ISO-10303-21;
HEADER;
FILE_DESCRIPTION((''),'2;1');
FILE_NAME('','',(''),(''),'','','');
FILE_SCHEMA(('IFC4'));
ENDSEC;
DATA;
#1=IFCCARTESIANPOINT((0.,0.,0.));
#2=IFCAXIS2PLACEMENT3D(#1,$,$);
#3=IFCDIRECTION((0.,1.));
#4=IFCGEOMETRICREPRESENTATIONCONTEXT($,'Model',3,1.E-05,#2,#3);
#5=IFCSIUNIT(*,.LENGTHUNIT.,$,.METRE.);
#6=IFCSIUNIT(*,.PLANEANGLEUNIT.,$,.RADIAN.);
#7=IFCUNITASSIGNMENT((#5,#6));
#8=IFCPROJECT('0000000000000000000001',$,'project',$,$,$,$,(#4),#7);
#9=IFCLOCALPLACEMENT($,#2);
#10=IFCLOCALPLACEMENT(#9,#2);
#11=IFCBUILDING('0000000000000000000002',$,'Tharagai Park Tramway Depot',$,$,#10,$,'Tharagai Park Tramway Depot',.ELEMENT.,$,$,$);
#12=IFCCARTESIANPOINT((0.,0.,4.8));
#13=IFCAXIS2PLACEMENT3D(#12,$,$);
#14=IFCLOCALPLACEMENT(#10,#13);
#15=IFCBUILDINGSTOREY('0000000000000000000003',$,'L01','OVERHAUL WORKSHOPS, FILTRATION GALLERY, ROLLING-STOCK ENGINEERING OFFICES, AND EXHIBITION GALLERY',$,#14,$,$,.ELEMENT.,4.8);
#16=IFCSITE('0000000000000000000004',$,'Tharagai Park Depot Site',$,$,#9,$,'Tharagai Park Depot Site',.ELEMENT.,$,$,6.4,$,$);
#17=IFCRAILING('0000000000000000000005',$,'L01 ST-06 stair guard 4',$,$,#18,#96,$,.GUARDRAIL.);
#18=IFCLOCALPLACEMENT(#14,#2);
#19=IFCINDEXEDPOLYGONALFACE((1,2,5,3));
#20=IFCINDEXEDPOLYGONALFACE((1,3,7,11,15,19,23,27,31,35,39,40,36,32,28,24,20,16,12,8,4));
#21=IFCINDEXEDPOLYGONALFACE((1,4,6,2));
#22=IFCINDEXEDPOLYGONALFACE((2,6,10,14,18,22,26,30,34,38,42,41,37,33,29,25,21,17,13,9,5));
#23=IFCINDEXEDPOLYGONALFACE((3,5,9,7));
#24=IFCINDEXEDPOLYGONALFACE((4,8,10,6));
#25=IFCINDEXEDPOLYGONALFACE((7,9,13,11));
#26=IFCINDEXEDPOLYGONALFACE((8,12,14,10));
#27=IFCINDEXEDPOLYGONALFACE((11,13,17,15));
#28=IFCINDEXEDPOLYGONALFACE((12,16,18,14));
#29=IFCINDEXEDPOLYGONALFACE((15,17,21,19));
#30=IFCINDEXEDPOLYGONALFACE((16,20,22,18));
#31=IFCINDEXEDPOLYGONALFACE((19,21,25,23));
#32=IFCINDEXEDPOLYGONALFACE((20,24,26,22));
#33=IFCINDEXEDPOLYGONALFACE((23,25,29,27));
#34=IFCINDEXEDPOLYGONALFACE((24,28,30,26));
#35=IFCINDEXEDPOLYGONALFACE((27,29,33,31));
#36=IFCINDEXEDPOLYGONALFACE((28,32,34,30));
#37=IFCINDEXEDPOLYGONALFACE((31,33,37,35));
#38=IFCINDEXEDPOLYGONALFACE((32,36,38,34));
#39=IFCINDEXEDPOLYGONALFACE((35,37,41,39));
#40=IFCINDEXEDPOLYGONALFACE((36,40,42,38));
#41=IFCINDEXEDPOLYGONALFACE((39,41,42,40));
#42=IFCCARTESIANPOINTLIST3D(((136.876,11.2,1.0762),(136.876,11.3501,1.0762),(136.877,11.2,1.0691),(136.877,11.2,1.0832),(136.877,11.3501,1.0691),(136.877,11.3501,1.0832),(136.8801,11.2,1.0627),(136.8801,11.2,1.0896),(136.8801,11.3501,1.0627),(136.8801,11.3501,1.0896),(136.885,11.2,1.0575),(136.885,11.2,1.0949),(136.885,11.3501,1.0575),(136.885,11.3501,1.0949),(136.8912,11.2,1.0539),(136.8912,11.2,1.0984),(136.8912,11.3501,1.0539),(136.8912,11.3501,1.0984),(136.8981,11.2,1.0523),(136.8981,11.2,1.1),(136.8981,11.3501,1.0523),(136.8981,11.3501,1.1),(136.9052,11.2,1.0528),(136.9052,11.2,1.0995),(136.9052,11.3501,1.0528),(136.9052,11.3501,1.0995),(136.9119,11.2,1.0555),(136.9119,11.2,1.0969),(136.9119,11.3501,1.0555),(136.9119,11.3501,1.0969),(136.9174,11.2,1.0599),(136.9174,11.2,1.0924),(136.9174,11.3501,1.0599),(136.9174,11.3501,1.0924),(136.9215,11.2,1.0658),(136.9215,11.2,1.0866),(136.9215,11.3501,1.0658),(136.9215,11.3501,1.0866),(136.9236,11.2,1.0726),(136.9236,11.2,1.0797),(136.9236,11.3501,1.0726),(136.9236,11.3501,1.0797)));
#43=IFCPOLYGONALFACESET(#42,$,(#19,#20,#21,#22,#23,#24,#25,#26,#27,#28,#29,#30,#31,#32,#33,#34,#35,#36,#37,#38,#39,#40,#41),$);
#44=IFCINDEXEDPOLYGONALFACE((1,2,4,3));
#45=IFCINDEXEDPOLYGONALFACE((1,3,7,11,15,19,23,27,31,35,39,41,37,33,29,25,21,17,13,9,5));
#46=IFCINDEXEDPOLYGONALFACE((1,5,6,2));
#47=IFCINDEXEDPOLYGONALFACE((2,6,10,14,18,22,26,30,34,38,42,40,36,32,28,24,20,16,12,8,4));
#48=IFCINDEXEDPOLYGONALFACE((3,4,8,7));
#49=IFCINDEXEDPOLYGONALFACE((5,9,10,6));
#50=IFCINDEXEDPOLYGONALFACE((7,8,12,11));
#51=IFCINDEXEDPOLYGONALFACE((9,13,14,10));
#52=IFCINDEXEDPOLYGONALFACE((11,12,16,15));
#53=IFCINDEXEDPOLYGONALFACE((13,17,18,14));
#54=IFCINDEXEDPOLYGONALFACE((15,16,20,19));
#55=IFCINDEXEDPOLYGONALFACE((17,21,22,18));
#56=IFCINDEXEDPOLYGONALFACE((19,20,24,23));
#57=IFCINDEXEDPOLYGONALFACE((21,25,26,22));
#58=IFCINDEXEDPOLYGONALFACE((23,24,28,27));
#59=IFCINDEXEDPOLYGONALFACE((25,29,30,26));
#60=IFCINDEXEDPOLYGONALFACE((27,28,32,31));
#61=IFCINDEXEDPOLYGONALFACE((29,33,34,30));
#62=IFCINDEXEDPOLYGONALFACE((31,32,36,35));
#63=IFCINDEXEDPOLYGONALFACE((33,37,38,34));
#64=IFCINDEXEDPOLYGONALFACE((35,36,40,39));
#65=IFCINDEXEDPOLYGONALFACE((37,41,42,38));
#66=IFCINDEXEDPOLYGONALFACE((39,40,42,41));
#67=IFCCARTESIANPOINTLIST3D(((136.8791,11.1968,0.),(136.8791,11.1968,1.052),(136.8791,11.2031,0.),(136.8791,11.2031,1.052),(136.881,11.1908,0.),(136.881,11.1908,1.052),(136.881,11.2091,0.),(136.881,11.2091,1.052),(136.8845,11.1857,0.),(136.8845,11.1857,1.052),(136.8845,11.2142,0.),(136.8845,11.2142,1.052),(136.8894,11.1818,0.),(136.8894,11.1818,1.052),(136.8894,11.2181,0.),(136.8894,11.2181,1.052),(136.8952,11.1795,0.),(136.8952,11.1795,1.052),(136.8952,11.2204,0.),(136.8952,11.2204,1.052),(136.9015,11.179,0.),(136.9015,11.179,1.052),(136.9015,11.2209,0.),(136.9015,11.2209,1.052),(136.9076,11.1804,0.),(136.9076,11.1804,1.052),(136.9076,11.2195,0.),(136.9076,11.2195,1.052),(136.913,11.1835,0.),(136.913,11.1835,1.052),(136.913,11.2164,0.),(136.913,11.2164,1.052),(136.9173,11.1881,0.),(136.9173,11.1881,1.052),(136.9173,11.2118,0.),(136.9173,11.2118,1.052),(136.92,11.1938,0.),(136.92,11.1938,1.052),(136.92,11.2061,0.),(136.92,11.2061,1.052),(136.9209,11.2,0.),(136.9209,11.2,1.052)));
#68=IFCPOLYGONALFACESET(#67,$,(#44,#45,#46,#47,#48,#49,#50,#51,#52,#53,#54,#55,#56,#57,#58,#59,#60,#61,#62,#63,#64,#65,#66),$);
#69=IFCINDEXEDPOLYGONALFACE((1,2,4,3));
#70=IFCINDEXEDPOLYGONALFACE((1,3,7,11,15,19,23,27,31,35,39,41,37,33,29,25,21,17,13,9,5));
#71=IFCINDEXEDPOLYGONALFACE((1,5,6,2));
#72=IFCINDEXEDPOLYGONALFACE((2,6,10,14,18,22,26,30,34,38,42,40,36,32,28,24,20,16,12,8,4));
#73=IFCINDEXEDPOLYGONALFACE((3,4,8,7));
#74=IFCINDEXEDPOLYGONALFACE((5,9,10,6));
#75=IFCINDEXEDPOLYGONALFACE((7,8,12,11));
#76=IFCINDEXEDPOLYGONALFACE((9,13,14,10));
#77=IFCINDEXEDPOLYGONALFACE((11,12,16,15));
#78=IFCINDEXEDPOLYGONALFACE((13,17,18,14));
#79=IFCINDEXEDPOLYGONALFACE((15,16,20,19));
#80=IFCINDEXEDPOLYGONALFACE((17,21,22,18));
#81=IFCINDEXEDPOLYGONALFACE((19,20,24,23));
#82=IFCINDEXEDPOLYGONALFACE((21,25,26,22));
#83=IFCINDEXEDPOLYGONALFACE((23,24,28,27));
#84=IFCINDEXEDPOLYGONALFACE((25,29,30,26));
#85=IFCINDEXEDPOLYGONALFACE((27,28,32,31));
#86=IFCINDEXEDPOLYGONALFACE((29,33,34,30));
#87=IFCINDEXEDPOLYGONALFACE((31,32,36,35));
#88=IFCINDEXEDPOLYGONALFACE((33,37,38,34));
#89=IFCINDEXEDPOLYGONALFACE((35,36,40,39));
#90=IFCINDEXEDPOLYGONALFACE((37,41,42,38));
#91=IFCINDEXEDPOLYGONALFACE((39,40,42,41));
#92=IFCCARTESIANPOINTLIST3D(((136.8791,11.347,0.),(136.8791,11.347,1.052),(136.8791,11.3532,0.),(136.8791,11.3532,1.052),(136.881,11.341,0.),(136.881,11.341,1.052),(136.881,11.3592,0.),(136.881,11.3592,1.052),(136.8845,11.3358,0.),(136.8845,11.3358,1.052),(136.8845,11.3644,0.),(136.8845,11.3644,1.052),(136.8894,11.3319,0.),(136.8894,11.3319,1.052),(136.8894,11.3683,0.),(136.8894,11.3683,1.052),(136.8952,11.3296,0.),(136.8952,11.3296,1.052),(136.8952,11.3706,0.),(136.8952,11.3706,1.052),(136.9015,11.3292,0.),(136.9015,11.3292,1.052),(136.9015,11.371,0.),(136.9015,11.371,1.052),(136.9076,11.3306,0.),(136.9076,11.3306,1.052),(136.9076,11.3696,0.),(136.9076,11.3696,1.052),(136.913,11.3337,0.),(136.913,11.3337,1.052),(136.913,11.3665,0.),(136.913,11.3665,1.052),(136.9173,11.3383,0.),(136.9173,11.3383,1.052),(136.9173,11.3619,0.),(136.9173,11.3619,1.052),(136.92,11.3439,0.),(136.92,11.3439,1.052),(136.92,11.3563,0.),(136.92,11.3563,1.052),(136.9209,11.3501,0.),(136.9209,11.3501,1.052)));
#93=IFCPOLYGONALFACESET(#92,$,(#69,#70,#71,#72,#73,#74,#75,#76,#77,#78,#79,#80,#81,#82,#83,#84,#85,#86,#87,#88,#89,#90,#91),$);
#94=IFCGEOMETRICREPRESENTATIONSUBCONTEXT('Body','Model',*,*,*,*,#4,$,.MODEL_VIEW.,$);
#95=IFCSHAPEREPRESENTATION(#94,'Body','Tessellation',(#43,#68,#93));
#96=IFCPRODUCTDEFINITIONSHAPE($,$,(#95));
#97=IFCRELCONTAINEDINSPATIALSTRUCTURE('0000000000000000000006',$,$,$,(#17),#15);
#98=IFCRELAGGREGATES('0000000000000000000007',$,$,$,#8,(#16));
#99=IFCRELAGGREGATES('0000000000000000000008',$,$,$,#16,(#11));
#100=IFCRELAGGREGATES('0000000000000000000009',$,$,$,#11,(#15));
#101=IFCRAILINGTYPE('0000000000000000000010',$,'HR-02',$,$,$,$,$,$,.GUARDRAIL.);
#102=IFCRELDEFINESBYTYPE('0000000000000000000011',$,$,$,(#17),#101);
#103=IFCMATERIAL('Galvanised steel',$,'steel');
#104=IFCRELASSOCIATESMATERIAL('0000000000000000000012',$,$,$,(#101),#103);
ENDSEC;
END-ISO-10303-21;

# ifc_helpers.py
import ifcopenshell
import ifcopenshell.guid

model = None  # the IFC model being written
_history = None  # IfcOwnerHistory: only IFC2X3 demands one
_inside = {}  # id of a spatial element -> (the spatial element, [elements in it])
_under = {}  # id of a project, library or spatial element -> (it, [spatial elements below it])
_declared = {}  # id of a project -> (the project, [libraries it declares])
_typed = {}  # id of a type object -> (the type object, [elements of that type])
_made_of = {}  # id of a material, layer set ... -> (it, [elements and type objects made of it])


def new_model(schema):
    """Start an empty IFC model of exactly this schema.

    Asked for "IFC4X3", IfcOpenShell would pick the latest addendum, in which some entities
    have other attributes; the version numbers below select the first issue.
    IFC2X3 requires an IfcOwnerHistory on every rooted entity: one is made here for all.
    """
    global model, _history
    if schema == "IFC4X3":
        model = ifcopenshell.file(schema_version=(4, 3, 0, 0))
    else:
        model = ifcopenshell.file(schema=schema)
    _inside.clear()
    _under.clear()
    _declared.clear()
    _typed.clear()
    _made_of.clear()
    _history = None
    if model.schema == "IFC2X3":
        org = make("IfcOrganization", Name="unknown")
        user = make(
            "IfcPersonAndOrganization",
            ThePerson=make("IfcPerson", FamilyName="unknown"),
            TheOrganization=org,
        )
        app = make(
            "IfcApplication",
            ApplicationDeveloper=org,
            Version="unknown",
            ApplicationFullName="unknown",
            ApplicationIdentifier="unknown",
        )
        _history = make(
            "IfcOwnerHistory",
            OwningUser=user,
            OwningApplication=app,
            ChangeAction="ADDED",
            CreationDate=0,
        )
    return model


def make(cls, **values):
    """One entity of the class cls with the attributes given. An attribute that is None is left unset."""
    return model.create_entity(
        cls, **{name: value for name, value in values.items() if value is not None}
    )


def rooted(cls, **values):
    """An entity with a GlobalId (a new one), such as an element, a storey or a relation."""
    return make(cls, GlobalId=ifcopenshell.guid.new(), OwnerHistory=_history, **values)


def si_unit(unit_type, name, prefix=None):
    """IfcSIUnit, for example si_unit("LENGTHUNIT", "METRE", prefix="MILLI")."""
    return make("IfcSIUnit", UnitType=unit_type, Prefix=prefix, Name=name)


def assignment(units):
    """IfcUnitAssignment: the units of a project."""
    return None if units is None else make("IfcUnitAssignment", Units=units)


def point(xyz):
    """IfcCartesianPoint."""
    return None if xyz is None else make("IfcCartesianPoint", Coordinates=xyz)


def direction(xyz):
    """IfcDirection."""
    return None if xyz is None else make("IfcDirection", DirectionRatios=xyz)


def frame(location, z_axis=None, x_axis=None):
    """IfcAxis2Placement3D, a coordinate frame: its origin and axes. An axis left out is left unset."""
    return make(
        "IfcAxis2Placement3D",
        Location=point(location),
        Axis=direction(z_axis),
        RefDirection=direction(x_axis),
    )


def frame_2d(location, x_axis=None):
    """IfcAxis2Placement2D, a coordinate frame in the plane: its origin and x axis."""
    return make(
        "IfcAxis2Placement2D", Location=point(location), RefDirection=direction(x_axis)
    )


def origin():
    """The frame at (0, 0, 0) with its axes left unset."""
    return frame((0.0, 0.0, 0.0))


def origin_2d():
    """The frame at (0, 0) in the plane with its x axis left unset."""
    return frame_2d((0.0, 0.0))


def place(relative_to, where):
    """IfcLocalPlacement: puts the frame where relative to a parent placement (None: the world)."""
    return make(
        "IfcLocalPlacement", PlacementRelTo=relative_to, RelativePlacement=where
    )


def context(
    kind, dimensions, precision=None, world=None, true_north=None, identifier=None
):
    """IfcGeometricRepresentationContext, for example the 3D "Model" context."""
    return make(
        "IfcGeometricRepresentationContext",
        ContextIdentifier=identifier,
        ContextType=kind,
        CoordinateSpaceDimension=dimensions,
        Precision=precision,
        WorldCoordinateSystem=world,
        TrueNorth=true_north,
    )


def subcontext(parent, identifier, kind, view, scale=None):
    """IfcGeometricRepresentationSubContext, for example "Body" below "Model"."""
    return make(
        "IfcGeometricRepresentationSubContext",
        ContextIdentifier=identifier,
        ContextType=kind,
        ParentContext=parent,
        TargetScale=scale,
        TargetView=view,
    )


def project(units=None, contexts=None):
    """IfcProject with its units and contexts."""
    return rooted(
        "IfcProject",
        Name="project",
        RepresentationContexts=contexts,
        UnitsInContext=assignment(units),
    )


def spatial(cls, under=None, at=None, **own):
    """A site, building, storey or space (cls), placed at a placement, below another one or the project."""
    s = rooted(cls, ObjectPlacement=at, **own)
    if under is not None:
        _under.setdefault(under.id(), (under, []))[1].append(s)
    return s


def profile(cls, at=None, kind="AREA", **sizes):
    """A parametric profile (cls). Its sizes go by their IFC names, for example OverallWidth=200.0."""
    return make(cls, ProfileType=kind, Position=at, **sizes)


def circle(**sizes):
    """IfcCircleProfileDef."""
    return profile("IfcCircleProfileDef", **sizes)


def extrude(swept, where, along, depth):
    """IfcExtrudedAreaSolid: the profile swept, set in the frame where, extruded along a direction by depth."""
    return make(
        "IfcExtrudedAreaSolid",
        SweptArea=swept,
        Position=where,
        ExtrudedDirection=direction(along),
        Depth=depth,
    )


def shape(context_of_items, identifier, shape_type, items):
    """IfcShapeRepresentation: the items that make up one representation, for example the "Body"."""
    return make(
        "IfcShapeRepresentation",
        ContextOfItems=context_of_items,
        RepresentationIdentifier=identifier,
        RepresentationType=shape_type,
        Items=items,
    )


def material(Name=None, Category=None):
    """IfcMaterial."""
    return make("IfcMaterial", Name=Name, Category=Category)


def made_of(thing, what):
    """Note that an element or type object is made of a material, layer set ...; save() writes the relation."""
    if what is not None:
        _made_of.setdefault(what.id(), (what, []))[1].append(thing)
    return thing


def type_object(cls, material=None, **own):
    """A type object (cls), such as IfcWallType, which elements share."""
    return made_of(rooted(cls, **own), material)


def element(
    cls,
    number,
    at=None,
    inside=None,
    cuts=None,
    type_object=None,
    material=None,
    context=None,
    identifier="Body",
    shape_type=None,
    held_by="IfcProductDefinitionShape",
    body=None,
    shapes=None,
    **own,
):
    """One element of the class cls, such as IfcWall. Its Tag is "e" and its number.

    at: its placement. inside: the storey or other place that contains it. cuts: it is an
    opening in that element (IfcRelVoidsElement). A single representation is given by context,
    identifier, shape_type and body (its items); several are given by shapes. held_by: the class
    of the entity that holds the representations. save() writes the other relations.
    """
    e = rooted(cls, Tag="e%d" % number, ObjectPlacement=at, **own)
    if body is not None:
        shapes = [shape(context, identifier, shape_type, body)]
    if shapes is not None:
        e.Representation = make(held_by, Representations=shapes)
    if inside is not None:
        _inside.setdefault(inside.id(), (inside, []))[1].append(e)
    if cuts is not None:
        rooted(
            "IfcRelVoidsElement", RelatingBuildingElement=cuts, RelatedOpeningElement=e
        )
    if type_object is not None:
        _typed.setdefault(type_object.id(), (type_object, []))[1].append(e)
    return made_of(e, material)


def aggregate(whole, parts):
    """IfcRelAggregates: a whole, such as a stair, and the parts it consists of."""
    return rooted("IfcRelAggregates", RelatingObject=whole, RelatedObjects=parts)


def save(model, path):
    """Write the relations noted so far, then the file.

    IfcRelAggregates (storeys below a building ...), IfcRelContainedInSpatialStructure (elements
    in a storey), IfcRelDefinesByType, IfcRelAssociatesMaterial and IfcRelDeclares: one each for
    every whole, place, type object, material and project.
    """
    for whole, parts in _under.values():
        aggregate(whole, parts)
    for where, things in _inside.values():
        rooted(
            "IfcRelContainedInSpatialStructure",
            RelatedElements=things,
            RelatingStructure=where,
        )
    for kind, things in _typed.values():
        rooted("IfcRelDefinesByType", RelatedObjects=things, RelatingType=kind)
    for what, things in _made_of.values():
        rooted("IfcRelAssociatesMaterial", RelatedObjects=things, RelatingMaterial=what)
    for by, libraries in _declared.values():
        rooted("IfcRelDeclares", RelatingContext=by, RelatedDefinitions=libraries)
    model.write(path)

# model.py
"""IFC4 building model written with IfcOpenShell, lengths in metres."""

from ifc_helpers import new_model, si_unit, direction, frame, origin, origin_2d, place, context, subcontext, project, spatial, circle, extrude, material, type_object, element, save


model = new_model("IFC4")

# Units and contexts
model_context = context("Model", 3, precision=1e-05, world=origin(), true_north=direction((0.0, 1.0)))
body_context = subcontext(model_context, "Body", "Model", "MODEL_VIEW")
ifc_project = project(units=[si_unit("LENGTHUNIT", "METRE"), si_unit("PLANEANGLEUNIT", "RADIAN")], contexts=[model_context])

# Site, building, storey
site_placement = place(None, origin())
site = spatial("IfcSite", under=ifc_project, at=site_placement, Name="Tharagai Park Depot Site", LongName="Tharagai Park Depot Site", CompositionType="ELEMENT", RefElevation=6.4)
building_placement = place(site_placement, origin())
building = spatial("IfcBuilding", under=site, at=building_placement, Name="Tharagai Park Tramway Depot", LongName="Tharagai Park Tramway Depot", CompositionType="ELEMENT")
storey_placement = place(building_placement, frame((0.0, 0.0, 4.8)))
storey = spatial("IfcBuildingStorey", under=building, at=storey_placement, Name="L01", Description="OVERHAUL WORKSHOPS, FILTRATION GALLERY, ROLLING-STOCK ENGINEERING OFFICES, AND EXHIBITION GALLERY", CompositionType="ELEMENT", Elevation=4.8)

# Railing
ifc_material_1 = material(Name="Galvanised steel", Category="steel")
railing_type_1 = type_object("IfcRailingType", Name="HR-02", PredefinedType="GUARDRAIL", material=ifc_material_1)
railing_1_placement = place(storey_placement, frame((136.8999, 11.2, 0.0)))
element("IfcRailing", 1, at=railing_1_placement, inside=storey, type_object=railing_type_1, Name="L01 ST-06 stair guard 4", PredefinedType="GUARDRAIL", context=body_context, shape_type="SweptSolid", body=[
    extrude(circle(Radius=0.0239, at=origin_2d()), frame((0.0, 0.0, 1.0762), z_axis=(0.0, 1.0, 0.0), x_axis=(-1.0, 0.0, 0.0)), (0.0, 0.0, 1.0), 0.1501),
    extrude(circle(Radius=0.021, at=origin_2d()), origin(), (0.0, 0.0, 1.0), 1.052),
    extrude(circle(Radius=0.021, at=origin_2d()), frame((0.0, 0.1501, 0.0)), (0.0, 0.0, 1.0), 1.052),
])

save(model, "model.ifc")
